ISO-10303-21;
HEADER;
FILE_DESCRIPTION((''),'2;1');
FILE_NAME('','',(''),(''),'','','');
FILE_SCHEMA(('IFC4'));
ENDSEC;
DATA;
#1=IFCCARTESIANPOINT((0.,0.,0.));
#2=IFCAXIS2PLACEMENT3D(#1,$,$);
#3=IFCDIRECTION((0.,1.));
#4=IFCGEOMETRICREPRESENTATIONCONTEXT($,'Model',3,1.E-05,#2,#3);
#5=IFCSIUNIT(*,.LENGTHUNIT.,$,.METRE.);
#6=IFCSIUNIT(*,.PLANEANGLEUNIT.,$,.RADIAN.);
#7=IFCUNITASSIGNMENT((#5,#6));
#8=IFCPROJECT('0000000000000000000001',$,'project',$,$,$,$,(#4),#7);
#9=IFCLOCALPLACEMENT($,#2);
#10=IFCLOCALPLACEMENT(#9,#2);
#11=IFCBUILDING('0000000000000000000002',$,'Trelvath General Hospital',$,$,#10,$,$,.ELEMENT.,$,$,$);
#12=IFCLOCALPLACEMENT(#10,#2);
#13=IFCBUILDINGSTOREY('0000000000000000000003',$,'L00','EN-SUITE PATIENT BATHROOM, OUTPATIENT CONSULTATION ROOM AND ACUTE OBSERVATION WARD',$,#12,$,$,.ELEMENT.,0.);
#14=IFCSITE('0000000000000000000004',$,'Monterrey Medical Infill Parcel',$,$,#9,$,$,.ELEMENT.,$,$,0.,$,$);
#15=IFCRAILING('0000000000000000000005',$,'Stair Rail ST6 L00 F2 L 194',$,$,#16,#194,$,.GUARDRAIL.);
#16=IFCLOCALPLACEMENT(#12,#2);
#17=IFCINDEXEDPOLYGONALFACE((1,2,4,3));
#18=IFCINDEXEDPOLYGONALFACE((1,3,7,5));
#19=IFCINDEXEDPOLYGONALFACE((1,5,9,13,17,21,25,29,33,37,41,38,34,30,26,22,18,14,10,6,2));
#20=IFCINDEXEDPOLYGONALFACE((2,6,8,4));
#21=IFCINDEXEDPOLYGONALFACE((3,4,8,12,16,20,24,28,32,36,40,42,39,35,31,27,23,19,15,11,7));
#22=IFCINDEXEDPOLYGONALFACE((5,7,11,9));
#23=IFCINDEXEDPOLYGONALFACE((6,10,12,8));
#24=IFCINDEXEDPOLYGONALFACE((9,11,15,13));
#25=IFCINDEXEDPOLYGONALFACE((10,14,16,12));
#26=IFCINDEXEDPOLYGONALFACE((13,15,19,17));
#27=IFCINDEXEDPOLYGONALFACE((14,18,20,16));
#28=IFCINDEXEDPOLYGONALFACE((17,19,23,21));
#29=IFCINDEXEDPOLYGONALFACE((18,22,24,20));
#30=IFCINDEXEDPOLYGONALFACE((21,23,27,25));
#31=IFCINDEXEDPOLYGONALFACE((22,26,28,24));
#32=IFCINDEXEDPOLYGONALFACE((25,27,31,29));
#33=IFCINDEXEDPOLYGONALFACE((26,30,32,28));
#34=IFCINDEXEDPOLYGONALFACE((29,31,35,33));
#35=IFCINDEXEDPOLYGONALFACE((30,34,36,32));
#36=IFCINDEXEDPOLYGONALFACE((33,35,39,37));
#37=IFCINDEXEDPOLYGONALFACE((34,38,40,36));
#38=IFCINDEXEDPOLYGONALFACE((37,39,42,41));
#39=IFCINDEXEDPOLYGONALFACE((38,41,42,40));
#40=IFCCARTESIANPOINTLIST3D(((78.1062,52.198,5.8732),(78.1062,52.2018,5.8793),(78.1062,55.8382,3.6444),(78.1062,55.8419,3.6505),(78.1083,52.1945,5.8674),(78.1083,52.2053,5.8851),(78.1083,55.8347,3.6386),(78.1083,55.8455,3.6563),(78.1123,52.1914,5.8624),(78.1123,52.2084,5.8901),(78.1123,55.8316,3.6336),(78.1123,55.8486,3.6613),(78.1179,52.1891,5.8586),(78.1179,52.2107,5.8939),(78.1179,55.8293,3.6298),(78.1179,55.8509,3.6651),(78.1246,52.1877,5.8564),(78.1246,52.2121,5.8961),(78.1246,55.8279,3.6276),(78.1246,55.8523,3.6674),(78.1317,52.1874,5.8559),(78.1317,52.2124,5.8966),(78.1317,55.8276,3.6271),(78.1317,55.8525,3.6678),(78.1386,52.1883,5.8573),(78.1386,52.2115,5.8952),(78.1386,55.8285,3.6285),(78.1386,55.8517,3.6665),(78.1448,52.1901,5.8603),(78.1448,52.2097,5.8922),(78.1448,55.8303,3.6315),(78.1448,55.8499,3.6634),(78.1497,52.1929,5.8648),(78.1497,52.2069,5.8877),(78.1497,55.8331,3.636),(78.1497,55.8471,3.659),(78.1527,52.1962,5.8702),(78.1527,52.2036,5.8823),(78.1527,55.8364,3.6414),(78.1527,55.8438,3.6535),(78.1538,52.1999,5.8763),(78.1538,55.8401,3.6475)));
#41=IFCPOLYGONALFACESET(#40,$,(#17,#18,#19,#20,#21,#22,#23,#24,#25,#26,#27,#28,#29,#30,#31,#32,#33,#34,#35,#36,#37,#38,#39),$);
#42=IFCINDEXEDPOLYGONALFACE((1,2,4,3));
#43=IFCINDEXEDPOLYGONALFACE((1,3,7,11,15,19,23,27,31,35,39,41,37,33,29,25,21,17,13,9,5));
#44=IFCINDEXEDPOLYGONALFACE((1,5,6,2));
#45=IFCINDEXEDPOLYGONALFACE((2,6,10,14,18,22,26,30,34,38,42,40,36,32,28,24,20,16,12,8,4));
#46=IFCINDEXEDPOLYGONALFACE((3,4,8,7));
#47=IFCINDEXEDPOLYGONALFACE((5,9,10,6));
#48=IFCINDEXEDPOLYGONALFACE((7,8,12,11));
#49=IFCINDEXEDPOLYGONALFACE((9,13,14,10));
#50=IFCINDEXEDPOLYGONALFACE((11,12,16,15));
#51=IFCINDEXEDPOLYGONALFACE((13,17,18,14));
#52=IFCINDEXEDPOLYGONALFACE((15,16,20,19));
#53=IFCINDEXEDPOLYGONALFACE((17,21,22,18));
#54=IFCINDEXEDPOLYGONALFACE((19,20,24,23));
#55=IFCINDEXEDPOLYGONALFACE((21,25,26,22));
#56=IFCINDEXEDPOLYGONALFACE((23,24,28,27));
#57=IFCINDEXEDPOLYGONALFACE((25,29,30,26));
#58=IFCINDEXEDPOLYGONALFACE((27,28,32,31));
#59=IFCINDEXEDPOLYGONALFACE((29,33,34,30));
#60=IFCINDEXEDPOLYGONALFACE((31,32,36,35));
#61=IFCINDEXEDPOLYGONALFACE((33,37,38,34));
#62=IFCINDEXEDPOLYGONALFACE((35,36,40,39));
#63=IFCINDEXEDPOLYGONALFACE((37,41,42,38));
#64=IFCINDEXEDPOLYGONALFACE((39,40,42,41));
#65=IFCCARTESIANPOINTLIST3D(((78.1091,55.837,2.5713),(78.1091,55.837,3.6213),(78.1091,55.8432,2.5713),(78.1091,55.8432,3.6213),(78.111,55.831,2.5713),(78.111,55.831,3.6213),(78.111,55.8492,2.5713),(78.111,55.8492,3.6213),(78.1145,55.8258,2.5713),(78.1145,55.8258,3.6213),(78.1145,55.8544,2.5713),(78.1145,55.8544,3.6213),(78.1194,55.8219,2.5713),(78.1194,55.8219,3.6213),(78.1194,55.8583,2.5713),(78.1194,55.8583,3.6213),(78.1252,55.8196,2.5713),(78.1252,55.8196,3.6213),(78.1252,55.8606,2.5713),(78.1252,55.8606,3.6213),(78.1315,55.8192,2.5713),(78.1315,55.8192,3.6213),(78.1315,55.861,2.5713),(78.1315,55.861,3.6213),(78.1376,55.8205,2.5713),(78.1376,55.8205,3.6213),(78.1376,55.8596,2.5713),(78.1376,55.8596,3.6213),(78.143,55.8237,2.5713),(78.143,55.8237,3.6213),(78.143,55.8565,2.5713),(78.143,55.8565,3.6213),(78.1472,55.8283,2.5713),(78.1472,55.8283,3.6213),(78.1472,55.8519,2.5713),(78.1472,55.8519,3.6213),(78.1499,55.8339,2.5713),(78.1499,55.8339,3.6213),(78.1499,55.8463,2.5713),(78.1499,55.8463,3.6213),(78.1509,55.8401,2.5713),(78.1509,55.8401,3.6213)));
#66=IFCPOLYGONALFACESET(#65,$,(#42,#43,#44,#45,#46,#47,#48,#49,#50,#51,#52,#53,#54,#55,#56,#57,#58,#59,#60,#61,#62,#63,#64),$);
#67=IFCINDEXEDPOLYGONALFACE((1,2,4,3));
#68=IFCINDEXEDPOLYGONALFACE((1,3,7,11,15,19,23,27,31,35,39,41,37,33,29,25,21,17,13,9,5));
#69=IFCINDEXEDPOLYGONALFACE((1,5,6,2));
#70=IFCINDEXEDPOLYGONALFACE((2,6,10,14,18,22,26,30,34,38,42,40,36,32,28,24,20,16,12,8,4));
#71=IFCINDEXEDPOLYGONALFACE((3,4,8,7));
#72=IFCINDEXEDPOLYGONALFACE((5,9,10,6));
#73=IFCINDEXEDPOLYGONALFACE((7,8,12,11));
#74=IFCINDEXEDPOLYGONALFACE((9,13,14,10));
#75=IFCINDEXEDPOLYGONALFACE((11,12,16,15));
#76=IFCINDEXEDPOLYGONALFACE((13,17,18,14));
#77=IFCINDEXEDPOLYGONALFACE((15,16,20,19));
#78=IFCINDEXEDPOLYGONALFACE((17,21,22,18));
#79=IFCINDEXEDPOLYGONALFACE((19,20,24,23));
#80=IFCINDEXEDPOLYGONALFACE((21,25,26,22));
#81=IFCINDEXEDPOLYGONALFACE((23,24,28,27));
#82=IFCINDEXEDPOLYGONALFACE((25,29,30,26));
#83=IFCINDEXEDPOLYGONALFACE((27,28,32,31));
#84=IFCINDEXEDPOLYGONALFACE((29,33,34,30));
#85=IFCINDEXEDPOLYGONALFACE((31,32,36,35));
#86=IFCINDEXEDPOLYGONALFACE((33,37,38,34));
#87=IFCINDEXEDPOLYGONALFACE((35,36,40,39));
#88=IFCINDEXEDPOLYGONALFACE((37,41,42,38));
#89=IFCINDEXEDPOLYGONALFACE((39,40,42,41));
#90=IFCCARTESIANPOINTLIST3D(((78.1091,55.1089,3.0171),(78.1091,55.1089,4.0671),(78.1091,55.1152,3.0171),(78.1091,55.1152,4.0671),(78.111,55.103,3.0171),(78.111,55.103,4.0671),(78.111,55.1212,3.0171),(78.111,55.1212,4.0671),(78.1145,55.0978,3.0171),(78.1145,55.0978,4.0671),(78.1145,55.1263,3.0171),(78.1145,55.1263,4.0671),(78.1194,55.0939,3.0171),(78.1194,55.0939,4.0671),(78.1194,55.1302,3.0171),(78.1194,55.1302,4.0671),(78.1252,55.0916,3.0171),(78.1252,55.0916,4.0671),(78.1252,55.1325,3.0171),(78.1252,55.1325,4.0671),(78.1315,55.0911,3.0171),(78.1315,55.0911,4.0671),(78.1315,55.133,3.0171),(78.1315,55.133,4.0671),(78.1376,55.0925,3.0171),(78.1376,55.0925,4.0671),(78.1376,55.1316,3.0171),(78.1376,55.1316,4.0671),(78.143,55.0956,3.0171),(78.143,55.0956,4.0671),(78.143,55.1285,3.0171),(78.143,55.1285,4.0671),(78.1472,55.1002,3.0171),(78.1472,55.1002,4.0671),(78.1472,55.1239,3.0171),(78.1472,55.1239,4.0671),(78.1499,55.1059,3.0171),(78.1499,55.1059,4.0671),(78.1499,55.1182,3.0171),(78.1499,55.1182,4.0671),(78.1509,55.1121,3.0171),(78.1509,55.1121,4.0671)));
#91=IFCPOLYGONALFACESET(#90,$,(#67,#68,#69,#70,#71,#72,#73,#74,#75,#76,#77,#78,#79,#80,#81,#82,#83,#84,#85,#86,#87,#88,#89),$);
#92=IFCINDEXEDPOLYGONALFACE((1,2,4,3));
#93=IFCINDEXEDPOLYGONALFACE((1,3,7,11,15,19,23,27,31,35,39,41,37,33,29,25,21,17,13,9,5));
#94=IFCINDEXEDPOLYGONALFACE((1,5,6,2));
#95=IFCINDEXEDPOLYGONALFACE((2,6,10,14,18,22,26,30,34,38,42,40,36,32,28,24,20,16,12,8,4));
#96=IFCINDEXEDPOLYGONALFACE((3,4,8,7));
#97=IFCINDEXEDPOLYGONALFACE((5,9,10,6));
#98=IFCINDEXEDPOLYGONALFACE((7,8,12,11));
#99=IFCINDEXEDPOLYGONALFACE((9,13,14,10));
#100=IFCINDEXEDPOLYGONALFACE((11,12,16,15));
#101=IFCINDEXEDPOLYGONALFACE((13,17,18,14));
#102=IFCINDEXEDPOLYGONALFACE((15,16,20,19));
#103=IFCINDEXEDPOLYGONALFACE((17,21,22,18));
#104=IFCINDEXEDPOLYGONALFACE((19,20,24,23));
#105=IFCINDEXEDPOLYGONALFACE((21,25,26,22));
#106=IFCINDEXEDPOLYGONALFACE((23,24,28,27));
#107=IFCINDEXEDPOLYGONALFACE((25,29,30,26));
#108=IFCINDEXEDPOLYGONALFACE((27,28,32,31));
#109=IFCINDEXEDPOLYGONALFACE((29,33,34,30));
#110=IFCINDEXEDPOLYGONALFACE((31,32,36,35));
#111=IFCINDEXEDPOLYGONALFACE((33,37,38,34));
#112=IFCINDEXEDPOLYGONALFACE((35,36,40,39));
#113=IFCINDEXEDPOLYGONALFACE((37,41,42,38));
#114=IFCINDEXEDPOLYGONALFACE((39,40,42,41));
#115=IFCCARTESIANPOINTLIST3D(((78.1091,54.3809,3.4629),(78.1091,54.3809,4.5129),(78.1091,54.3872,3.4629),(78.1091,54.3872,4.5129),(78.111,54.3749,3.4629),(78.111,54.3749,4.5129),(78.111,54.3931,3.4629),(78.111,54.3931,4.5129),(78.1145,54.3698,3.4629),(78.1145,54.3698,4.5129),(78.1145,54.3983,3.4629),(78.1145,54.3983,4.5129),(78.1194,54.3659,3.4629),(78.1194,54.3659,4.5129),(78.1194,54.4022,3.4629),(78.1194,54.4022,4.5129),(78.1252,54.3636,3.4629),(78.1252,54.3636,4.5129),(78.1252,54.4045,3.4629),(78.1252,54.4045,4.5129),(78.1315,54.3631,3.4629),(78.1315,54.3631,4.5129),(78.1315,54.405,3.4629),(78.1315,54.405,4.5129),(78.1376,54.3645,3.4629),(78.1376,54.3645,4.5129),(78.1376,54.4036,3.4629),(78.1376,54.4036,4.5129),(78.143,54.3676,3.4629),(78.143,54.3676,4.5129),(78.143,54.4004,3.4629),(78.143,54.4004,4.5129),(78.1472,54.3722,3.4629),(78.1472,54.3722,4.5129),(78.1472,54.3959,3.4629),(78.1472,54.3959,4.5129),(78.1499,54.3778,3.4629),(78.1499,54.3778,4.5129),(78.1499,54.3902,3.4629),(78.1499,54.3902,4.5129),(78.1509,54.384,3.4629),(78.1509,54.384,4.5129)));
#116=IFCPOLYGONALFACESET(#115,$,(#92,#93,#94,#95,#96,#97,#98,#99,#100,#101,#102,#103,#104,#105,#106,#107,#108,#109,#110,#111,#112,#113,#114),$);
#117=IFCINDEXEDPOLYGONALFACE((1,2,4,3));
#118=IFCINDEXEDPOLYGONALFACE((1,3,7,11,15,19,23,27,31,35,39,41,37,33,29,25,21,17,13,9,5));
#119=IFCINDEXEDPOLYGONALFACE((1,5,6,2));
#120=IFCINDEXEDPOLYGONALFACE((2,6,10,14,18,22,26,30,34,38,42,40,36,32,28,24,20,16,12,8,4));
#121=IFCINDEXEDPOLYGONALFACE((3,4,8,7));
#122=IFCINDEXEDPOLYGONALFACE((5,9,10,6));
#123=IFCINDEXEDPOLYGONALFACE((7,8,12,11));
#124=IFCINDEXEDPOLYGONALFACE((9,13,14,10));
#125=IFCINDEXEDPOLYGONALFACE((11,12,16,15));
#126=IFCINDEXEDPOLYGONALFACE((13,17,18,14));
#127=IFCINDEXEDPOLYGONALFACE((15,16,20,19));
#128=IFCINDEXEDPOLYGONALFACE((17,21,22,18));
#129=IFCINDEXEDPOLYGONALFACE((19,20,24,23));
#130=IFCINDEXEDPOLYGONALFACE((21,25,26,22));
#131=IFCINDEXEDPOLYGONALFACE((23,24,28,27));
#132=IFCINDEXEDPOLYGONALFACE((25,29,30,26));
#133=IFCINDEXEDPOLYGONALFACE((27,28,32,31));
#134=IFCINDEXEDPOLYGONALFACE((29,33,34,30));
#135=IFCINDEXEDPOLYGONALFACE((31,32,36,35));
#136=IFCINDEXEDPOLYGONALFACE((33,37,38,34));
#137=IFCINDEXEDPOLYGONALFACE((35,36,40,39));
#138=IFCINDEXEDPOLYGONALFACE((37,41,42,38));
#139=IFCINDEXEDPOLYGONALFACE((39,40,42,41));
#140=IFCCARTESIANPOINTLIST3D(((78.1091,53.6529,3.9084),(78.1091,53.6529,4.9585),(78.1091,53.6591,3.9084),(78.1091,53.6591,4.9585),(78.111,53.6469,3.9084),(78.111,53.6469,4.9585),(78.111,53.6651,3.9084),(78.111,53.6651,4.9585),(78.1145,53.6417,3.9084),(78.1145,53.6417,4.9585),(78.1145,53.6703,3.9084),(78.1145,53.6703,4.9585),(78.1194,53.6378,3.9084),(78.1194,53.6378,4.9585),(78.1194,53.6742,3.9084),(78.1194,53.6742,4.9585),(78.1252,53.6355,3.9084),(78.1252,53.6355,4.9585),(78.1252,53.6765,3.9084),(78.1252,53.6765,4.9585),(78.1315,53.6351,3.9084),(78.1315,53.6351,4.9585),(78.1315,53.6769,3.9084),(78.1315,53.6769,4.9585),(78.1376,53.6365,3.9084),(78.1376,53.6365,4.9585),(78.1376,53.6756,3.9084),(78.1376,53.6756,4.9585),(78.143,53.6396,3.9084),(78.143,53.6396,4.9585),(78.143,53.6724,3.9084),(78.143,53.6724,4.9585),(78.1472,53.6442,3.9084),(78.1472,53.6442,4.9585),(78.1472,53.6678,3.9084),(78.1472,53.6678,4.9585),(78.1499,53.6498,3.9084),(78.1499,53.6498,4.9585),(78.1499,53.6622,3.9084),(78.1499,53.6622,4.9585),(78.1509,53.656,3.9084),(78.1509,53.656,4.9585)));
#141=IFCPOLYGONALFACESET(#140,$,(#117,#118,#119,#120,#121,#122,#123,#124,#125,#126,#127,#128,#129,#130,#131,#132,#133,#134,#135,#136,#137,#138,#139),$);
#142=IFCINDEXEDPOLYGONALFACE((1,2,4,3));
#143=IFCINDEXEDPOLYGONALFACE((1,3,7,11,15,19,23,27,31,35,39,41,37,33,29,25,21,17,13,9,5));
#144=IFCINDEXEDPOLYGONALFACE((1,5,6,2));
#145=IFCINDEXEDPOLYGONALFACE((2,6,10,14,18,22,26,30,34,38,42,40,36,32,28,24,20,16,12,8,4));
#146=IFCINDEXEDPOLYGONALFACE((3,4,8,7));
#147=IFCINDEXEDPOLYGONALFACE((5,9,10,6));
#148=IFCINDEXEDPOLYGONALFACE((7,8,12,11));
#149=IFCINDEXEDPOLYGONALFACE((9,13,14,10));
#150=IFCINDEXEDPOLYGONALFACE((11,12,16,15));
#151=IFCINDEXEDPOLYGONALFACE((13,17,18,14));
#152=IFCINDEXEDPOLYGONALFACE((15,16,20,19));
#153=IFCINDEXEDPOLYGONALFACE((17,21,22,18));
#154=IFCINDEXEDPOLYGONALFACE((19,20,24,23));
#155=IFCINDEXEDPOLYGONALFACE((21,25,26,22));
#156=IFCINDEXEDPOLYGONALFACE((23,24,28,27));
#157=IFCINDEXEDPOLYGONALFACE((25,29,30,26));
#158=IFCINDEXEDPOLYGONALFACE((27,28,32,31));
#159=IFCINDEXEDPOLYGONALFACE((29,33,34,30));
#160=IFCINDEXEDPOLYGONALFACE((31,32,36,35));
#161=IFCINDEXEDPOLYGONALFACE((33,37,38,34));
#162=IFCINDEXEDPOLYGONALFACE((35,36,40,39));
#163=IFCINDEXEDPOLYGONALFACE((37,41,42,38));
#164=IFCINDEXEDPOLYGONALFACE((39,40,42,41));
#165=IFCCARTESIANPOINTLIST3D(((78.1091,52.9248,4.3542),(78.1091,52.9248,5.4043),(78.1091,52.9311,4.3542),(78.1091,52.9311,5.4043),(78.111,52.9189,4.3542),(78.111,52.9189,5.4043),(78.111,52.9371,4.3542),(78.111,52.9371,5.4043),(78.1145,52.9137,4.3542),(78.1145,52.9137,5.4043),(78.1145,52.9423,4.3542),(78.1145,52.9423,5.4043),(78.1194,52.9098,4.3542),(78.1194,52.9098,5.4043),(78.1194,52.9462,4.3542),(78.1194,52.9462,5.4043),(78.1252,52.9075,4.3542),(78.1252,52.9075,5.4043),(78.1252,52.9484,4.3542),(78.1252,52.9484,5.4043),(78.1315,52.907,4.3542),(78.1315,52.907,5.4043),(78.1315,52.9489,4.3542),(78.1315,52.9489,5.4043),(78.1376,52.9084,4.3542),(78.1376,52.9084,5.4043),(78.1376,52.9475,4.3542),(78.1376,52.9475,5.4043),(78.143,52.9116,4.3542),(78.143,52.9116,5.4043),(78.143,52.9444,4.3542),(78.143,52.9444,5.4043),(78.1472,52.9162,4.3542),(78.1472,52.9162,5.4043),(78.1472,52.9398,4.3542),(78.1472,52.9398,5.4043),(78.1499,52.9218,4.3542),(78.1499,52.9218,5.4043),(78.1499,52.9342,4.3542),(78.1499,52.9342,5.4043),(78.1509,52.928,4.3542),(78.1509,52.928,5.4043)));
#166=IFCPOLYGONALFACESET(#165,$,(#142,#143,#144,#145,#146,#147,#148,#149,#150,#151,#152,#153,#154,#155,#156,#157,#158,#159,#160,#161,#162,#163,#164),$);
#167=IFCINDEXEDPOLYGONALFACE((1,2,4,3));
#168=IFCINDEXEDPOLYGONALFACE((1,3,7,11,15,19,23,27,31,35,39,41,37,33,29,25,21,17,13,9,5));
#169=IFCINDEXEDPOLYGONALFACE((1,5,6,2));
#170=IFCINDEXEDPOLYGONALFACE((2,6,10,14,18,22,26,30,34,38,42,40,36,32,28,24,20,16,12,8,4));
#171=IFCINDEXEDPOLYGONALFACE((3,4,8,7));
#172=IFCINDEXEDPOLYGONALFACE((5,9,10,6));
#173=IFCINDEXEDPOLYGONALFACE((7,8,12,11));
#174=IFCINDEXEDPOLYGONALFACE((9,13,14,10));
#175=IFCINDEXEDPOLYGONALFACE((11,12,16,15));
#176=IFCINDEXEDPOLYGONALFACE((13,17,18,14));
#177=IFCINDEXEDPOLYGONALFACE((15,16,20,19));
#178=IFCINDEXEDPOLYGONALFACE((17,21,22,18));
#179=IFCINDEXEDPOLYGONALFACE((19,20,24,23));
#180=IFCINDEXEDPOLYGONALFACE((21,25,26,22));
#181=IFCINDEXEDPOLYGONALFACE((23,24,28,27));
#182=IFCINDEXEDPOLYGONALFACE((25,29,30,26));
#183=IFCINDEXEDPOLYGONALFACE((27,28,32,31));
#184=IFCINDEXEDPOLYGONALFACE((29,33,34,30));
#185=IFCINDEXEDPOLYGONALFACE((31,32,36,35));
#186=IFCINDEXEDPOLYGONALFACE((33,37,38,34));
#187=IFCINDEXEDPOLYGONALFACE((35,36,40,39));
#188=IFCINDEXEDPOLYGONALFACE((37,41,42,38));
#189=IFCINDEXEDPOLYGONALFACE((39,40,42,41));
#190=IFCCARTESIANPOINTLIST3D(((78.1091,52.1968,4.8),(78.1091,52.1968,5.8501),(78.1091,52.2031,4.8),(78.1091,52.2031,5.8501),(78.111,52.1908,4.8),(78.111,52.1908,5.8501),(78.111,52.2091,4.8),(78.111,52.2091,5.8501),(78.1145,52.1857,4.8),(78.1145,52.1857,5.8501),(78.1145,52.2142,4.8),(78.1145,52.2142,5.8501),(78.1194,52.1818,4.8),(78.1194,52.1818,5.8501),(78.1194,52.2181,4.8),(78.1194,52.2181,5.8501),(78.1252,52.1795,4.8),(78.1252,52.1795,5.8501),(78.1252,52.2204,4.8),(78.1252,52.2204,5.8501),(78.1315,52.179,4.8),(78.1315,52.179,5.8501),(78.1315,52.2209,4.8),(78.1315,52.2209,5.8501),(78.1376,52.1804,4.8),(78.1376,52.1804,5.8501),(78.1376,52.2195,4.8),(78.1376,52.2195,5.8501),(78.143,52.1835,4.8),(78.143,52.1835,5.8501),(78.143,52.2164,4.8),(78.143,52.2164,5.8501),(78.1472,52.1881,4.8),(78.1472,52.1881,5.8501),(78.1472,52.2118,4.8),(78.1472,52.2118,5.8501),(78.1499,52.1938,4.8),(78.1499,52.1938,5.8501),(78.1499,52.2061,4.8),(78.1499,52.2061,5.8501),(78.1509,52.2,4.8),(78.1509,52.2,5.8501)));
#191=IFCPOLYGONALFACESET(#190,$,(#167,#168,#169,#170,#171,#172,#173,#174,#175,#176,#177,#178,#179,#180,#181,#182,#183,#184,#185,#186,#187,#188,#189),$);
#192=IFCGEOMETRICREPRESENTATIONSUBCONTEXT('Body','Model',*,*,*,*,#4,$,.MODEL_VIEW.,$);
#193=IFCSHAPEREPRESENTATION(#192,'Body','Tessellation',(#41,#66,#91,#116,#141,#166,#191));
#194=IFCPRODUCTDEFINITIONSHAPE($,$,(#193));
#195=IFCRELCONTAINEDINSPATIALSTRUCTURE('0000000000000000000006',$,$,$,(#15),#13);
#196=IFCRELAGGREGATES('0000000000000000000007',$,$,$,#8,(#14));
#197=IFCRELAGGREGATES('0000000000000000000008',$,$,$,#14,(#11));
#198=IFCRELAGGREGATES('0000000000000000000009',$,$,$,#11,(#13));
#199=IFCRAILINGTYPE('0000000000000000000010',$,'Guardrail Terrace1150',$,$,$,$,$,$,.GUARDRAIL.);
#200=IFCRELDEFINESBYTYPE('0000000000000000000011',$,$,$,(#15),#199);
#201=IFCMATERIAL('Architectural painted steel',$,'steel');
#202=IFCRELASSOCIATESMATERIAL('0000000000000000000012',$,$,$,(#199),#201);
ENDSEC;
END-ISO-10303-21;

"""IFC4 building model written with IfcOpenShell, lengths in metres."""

from ifc_helpers import new_model, si_unit, direction, frame, origin, origin_2d, place, context, subcontext, project, spatial, circle, extrude, material, type_object, element, save


model = new_model("IFC4")

# Units and contexts
model_context = context("Model", 3, precision=1e-05, world=origin(), true_north=direction((0.0, 1.0)))
body_context = subcontext(model_context, "Body", "Model", "MODEL_VIEW")
ifc_project = project(units=[si_unit("LENGTHUNIT", "METRE"), si_unit("PLANEANGLEUNIT", "RADIAN")], contexts=[model_context])

# Site, building, storey
site_placement = place(None, origin())
site = spatial("IfcSite", under=ifc_project, at=site_placement, Name="Monterrey Medical Infill Parcel", CompositionType="ELEMENT", RefElevation=0.0)
building_placement = place(site_placement, origin())
building = spatial("IfcBuilding", under=site, at=building_placement, Name="Trelvath General Hospital", CompositionType="ELEMENT")
storey_placement = place(building_placement, origin())
storey = spatial("IfcBuildingStorey", under=building, at=storey_placement, Name="L00", Description="EN-SUITE PATIENT BATHROOM, OUTPATIENT CONSULTATION ROOM AND ACUTE OBSERVATION WARD", CompositionType="ELEMENT", Elevation=0.0)

# Railing
ifc_material_1 = material(Name="Architectural painted steel", Category="steel")
railing_type_1 = type_object("IfcRailingType", Name="Guardrail Terrace1150", PredefinedType="GUARDRAIL", material=ifc_material_1)
railing_1_placement = place(storey_placement, frame((78.1299, 55.8401, 2.5713)))
element("IfcRailing", 1, at=railing_1_placement, inside=storey, type_object=railing_type_1, Name="Stair Rail ST6 L00 F2 L 194", PredefinedType="GUARDRAIL", context=body_context, shape_type="SweptSolid", body=[
    extrude(circle(Radius=0.0239, at=origin_2d()), frame((0.0, 0.0, 1.0762), z_axis=(0.0, -0.85284, 0.522172), x_axis=(1.0, 0.0, 0.0)), (0.0, 0.0, 1.0), 4.2683),
    extrude(circle(Radius=0.021, at=origin_2d()), origin(), (0.0, 0.0, 1.0), 1.05),
    extrude(circle(Radius=0.021, at=origin_2d()), frame((0.0, -0.728, 0.4458)), (0.0, 0.0, 1.0), 1.05),
    extrude(circle(Radius=0.021, at=origin_2d()), frame((0.0, -1.4561, 0.8916)), (0.0, 0.0, 1.0), 1.05),
    extrude(circle(Radius=0.021, at=origin_2d()), frame((0.0, -2.1841, 1.3372)), (0.0, 0.0, 1.0), 1.05),
    extrude(circle(Radius=0.021, at=origin_2d()), frame((0.0, -2.9121, 1.783)), (0.0, 0.0, 1.0), 1.05),
    extrude(circle(Radius=0.021, at=origin_2d()), frame((0.0, -3.6401, 2.2288)), (0.0, 0.0, 1.0), 1.05),
])

save(model, "model.ifc")
